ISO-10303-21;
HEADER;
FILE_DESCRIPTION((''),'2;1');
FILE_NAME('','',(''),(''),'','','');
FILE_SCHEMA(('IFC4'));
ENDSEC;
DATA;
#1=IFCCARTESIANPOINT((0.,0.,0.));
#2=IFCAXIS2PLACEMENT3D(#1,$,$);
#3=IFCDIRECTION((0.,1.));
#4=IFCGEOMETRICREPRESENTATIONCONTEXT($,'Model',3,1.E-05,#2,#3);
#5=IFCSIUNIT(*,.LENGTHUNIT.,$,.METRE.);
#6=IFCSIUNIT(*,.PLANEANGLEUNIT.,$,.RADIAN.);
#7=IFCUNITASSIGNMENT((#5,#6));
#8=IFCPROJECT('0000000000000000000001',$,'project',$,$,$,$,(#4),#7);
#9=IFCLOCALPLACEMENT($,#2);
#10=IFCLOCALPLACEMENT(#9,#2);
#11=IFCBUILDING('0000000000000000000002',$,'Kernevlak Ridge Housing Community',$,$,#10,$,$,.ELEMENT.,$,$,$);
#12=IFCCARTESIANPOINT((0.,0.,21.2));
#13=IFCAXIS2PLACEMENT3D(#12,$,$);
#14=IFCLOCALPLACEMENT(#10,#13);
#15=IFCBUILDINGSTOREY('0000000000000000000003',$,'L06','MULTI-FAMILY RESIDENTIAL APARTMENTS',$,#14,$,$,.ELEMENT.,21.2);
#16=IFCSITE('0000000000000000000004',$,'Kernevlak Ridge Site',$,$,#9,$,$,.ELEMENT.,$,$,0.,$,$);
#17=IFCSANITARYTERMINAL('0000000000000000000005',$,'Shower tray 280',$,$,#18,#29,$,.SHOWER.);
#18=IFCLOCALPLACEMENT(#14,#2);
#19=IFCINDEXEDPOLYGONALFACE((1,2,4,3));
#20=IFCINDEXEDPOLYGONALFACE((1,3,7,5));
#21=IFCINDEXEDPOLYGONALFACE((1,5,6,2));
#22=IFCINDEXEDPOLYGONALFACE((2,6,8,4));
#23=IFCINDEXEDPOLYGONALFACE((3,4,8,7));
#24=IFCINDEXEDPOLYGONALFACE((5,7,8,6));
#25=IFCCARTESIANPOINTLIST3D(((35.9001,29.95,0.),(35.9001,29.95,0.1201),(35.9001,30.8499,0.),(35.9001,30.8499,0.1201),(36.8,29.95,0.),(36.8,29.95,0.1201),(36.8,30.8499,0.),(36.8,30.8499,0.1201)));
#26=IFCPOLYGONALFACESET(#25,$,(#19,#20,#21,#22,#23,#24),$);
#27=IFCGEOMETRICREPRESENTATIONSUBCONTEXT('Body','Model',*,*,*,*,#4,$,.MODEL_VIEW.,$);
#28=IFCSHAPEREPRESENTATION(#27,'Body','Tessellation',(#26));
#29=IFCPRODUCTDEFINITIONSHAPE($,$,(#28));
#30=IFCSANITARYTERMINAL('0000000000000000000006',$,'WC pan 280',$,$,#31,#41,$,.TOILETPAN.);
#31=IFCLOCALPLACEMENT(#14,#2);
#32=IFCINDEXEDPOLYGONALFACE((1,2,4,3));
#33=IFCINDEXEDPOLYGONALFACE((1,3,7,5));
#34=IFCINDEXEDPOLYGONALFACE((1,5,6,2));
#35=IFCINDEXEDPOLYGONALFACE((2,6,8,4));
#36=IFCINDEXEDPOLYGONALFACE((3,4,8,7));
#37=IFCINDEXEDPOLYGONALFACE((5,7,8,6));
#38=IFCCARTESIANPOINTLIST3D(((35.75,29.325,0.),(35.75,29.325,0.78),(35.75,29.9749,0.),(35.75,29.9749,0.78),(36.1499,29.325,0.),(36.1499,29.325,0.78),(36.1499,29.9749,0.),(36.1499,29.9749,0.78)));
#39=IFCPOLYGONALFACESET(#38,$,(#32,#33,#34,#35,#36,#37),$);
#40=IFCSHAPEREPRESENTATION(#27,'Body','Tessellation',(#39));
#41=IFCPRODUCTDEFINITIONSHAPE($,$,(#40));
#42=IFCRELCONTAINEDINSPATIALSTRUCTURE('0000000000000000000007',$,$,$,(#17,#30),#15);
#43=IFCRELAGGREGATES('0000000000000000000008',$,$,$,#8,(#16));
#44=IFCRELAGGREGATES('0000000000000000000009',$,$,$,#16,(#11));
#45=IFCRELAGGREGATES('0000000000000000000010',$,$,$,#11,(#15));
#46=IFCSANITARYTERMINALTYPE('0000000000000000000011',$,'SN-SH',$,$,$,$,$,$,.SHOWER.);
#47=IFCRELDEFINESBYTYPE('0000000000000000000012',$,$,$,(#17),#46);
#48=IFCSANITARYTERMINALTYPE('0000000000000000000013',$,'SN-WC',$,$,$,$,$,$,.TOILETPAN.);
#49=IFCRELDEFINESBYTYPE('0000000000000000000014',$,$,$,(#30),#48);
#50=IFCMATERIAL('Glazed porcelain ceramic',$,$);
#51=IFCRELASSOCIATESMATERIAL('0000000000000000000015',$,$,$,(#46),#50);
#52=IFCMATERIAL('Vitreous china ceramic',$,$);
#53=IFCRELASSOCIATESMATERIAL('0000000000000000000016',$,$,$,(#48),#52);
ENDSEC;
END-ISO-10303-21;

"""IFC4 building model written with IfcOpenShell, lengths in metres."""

from ifc_helpers import new_model, si_unit, direction, frame, origin, origin_2d, place, context, subcontext, project, spatial, rectangle, extrude, material, type_object, element, save


model = new_model("IFC4")

# Units and contexts
model_context = context("Model", 3, precision=1e-05, world=origin(), true_north=direction((0.0, 1.0)))
body_context = subcontext(model_context, "Body", "Model", "MODEL_VIEW")
ifc_project = project(units=[si_unit("LENGTHUNIT", "METRE"), si_unit("PLANEANGLEUNIT", "RADIAN")], contexts=[model_context])

# Site, building, storey
site_placement = place(None, origin())
site = spatial("IfcSite", under=ifc_project, at=site_placement, Name="Kernevlak Ridge Site", CompositionType="ELEMENT", RefElevation=0.0)
building_placement = place(site_placement, origin())
building = spatial("IfcBuilding", under=site, at=building_placement, Name="Kernevlak Ridge Housing Community", CompositionType="ELEMENT")
storey_placement = place(building_placement, frame((0.0, 0.0, 21.2)))
storey = spatial("IfcBuildingStorey", under=building, at=storey_placement, Name="L06", Description="MULTI-FAMILY RESIDENTIAL APARTMENTS", CompositionType="ELEMENT", Elevation=21.2)

# Sanitary terminals
ifc_material_1 = material(Name="Vitreous china ceramic")
ifc_material_2 = material(Name="Glazed porcelain ceramic")
sanitary_terminal_type_1 = type_object("IfcSanitaryTerminalType", Name="SN-SH", PredefinedType="SHOWER", material=ifc_material_2)
sanitary_terminal_1_placement = place(storey_placement, frame((36.3501, 30.3999, 0.0), z_axis=(0.0, 0.0, 1.0), x_axis=(1.0, 0.0, 0.0)))
element("IfcSanitaryTerminal", 1, at=sanitary_terminal_1_placement, inside=storey, type_object=sanitary_terminal_type_1, Name="Shower tray 280", PredefinedType="SHOWER", context=body_context, shape_type="SweptSolid", body=[
    extrude(rectangle(XDim=0.8999, YDim=0.8999, at=origin_2d()), origin(), (0.0, 0.0, 1.0), 0.1201),
])
sanitary_terminal_type_2 = type_object("IfcSanitaryTerminalType", Name="SN-WC", PredefinedType="TOILETPAN", material=ifc_material_1)
sanitary_terminal_2_placement = place(storey_placement, frame((35.95, 29.6499, 0.0), z_axis=(0.0, 0.0, 1.0), x_axis=(1.0, 0.0, 0.0)))
element("IfcSanitaryTerminal", 2, at=sanitary_terminal_2_placement, inside=storey, type_object=sanitary_terminal_type_2, Name="WC pan 280", PredefinedType="TOILETPAN", context=body_context, shape_type="SweptSolid", body=[
    extrude(rectangle(XDim=0.3999, YDim=0.6499, at=origin_2d()), origin(), (0.0, 0.0, 1.0), 0.78),
])

save(model, "model.ifc")
